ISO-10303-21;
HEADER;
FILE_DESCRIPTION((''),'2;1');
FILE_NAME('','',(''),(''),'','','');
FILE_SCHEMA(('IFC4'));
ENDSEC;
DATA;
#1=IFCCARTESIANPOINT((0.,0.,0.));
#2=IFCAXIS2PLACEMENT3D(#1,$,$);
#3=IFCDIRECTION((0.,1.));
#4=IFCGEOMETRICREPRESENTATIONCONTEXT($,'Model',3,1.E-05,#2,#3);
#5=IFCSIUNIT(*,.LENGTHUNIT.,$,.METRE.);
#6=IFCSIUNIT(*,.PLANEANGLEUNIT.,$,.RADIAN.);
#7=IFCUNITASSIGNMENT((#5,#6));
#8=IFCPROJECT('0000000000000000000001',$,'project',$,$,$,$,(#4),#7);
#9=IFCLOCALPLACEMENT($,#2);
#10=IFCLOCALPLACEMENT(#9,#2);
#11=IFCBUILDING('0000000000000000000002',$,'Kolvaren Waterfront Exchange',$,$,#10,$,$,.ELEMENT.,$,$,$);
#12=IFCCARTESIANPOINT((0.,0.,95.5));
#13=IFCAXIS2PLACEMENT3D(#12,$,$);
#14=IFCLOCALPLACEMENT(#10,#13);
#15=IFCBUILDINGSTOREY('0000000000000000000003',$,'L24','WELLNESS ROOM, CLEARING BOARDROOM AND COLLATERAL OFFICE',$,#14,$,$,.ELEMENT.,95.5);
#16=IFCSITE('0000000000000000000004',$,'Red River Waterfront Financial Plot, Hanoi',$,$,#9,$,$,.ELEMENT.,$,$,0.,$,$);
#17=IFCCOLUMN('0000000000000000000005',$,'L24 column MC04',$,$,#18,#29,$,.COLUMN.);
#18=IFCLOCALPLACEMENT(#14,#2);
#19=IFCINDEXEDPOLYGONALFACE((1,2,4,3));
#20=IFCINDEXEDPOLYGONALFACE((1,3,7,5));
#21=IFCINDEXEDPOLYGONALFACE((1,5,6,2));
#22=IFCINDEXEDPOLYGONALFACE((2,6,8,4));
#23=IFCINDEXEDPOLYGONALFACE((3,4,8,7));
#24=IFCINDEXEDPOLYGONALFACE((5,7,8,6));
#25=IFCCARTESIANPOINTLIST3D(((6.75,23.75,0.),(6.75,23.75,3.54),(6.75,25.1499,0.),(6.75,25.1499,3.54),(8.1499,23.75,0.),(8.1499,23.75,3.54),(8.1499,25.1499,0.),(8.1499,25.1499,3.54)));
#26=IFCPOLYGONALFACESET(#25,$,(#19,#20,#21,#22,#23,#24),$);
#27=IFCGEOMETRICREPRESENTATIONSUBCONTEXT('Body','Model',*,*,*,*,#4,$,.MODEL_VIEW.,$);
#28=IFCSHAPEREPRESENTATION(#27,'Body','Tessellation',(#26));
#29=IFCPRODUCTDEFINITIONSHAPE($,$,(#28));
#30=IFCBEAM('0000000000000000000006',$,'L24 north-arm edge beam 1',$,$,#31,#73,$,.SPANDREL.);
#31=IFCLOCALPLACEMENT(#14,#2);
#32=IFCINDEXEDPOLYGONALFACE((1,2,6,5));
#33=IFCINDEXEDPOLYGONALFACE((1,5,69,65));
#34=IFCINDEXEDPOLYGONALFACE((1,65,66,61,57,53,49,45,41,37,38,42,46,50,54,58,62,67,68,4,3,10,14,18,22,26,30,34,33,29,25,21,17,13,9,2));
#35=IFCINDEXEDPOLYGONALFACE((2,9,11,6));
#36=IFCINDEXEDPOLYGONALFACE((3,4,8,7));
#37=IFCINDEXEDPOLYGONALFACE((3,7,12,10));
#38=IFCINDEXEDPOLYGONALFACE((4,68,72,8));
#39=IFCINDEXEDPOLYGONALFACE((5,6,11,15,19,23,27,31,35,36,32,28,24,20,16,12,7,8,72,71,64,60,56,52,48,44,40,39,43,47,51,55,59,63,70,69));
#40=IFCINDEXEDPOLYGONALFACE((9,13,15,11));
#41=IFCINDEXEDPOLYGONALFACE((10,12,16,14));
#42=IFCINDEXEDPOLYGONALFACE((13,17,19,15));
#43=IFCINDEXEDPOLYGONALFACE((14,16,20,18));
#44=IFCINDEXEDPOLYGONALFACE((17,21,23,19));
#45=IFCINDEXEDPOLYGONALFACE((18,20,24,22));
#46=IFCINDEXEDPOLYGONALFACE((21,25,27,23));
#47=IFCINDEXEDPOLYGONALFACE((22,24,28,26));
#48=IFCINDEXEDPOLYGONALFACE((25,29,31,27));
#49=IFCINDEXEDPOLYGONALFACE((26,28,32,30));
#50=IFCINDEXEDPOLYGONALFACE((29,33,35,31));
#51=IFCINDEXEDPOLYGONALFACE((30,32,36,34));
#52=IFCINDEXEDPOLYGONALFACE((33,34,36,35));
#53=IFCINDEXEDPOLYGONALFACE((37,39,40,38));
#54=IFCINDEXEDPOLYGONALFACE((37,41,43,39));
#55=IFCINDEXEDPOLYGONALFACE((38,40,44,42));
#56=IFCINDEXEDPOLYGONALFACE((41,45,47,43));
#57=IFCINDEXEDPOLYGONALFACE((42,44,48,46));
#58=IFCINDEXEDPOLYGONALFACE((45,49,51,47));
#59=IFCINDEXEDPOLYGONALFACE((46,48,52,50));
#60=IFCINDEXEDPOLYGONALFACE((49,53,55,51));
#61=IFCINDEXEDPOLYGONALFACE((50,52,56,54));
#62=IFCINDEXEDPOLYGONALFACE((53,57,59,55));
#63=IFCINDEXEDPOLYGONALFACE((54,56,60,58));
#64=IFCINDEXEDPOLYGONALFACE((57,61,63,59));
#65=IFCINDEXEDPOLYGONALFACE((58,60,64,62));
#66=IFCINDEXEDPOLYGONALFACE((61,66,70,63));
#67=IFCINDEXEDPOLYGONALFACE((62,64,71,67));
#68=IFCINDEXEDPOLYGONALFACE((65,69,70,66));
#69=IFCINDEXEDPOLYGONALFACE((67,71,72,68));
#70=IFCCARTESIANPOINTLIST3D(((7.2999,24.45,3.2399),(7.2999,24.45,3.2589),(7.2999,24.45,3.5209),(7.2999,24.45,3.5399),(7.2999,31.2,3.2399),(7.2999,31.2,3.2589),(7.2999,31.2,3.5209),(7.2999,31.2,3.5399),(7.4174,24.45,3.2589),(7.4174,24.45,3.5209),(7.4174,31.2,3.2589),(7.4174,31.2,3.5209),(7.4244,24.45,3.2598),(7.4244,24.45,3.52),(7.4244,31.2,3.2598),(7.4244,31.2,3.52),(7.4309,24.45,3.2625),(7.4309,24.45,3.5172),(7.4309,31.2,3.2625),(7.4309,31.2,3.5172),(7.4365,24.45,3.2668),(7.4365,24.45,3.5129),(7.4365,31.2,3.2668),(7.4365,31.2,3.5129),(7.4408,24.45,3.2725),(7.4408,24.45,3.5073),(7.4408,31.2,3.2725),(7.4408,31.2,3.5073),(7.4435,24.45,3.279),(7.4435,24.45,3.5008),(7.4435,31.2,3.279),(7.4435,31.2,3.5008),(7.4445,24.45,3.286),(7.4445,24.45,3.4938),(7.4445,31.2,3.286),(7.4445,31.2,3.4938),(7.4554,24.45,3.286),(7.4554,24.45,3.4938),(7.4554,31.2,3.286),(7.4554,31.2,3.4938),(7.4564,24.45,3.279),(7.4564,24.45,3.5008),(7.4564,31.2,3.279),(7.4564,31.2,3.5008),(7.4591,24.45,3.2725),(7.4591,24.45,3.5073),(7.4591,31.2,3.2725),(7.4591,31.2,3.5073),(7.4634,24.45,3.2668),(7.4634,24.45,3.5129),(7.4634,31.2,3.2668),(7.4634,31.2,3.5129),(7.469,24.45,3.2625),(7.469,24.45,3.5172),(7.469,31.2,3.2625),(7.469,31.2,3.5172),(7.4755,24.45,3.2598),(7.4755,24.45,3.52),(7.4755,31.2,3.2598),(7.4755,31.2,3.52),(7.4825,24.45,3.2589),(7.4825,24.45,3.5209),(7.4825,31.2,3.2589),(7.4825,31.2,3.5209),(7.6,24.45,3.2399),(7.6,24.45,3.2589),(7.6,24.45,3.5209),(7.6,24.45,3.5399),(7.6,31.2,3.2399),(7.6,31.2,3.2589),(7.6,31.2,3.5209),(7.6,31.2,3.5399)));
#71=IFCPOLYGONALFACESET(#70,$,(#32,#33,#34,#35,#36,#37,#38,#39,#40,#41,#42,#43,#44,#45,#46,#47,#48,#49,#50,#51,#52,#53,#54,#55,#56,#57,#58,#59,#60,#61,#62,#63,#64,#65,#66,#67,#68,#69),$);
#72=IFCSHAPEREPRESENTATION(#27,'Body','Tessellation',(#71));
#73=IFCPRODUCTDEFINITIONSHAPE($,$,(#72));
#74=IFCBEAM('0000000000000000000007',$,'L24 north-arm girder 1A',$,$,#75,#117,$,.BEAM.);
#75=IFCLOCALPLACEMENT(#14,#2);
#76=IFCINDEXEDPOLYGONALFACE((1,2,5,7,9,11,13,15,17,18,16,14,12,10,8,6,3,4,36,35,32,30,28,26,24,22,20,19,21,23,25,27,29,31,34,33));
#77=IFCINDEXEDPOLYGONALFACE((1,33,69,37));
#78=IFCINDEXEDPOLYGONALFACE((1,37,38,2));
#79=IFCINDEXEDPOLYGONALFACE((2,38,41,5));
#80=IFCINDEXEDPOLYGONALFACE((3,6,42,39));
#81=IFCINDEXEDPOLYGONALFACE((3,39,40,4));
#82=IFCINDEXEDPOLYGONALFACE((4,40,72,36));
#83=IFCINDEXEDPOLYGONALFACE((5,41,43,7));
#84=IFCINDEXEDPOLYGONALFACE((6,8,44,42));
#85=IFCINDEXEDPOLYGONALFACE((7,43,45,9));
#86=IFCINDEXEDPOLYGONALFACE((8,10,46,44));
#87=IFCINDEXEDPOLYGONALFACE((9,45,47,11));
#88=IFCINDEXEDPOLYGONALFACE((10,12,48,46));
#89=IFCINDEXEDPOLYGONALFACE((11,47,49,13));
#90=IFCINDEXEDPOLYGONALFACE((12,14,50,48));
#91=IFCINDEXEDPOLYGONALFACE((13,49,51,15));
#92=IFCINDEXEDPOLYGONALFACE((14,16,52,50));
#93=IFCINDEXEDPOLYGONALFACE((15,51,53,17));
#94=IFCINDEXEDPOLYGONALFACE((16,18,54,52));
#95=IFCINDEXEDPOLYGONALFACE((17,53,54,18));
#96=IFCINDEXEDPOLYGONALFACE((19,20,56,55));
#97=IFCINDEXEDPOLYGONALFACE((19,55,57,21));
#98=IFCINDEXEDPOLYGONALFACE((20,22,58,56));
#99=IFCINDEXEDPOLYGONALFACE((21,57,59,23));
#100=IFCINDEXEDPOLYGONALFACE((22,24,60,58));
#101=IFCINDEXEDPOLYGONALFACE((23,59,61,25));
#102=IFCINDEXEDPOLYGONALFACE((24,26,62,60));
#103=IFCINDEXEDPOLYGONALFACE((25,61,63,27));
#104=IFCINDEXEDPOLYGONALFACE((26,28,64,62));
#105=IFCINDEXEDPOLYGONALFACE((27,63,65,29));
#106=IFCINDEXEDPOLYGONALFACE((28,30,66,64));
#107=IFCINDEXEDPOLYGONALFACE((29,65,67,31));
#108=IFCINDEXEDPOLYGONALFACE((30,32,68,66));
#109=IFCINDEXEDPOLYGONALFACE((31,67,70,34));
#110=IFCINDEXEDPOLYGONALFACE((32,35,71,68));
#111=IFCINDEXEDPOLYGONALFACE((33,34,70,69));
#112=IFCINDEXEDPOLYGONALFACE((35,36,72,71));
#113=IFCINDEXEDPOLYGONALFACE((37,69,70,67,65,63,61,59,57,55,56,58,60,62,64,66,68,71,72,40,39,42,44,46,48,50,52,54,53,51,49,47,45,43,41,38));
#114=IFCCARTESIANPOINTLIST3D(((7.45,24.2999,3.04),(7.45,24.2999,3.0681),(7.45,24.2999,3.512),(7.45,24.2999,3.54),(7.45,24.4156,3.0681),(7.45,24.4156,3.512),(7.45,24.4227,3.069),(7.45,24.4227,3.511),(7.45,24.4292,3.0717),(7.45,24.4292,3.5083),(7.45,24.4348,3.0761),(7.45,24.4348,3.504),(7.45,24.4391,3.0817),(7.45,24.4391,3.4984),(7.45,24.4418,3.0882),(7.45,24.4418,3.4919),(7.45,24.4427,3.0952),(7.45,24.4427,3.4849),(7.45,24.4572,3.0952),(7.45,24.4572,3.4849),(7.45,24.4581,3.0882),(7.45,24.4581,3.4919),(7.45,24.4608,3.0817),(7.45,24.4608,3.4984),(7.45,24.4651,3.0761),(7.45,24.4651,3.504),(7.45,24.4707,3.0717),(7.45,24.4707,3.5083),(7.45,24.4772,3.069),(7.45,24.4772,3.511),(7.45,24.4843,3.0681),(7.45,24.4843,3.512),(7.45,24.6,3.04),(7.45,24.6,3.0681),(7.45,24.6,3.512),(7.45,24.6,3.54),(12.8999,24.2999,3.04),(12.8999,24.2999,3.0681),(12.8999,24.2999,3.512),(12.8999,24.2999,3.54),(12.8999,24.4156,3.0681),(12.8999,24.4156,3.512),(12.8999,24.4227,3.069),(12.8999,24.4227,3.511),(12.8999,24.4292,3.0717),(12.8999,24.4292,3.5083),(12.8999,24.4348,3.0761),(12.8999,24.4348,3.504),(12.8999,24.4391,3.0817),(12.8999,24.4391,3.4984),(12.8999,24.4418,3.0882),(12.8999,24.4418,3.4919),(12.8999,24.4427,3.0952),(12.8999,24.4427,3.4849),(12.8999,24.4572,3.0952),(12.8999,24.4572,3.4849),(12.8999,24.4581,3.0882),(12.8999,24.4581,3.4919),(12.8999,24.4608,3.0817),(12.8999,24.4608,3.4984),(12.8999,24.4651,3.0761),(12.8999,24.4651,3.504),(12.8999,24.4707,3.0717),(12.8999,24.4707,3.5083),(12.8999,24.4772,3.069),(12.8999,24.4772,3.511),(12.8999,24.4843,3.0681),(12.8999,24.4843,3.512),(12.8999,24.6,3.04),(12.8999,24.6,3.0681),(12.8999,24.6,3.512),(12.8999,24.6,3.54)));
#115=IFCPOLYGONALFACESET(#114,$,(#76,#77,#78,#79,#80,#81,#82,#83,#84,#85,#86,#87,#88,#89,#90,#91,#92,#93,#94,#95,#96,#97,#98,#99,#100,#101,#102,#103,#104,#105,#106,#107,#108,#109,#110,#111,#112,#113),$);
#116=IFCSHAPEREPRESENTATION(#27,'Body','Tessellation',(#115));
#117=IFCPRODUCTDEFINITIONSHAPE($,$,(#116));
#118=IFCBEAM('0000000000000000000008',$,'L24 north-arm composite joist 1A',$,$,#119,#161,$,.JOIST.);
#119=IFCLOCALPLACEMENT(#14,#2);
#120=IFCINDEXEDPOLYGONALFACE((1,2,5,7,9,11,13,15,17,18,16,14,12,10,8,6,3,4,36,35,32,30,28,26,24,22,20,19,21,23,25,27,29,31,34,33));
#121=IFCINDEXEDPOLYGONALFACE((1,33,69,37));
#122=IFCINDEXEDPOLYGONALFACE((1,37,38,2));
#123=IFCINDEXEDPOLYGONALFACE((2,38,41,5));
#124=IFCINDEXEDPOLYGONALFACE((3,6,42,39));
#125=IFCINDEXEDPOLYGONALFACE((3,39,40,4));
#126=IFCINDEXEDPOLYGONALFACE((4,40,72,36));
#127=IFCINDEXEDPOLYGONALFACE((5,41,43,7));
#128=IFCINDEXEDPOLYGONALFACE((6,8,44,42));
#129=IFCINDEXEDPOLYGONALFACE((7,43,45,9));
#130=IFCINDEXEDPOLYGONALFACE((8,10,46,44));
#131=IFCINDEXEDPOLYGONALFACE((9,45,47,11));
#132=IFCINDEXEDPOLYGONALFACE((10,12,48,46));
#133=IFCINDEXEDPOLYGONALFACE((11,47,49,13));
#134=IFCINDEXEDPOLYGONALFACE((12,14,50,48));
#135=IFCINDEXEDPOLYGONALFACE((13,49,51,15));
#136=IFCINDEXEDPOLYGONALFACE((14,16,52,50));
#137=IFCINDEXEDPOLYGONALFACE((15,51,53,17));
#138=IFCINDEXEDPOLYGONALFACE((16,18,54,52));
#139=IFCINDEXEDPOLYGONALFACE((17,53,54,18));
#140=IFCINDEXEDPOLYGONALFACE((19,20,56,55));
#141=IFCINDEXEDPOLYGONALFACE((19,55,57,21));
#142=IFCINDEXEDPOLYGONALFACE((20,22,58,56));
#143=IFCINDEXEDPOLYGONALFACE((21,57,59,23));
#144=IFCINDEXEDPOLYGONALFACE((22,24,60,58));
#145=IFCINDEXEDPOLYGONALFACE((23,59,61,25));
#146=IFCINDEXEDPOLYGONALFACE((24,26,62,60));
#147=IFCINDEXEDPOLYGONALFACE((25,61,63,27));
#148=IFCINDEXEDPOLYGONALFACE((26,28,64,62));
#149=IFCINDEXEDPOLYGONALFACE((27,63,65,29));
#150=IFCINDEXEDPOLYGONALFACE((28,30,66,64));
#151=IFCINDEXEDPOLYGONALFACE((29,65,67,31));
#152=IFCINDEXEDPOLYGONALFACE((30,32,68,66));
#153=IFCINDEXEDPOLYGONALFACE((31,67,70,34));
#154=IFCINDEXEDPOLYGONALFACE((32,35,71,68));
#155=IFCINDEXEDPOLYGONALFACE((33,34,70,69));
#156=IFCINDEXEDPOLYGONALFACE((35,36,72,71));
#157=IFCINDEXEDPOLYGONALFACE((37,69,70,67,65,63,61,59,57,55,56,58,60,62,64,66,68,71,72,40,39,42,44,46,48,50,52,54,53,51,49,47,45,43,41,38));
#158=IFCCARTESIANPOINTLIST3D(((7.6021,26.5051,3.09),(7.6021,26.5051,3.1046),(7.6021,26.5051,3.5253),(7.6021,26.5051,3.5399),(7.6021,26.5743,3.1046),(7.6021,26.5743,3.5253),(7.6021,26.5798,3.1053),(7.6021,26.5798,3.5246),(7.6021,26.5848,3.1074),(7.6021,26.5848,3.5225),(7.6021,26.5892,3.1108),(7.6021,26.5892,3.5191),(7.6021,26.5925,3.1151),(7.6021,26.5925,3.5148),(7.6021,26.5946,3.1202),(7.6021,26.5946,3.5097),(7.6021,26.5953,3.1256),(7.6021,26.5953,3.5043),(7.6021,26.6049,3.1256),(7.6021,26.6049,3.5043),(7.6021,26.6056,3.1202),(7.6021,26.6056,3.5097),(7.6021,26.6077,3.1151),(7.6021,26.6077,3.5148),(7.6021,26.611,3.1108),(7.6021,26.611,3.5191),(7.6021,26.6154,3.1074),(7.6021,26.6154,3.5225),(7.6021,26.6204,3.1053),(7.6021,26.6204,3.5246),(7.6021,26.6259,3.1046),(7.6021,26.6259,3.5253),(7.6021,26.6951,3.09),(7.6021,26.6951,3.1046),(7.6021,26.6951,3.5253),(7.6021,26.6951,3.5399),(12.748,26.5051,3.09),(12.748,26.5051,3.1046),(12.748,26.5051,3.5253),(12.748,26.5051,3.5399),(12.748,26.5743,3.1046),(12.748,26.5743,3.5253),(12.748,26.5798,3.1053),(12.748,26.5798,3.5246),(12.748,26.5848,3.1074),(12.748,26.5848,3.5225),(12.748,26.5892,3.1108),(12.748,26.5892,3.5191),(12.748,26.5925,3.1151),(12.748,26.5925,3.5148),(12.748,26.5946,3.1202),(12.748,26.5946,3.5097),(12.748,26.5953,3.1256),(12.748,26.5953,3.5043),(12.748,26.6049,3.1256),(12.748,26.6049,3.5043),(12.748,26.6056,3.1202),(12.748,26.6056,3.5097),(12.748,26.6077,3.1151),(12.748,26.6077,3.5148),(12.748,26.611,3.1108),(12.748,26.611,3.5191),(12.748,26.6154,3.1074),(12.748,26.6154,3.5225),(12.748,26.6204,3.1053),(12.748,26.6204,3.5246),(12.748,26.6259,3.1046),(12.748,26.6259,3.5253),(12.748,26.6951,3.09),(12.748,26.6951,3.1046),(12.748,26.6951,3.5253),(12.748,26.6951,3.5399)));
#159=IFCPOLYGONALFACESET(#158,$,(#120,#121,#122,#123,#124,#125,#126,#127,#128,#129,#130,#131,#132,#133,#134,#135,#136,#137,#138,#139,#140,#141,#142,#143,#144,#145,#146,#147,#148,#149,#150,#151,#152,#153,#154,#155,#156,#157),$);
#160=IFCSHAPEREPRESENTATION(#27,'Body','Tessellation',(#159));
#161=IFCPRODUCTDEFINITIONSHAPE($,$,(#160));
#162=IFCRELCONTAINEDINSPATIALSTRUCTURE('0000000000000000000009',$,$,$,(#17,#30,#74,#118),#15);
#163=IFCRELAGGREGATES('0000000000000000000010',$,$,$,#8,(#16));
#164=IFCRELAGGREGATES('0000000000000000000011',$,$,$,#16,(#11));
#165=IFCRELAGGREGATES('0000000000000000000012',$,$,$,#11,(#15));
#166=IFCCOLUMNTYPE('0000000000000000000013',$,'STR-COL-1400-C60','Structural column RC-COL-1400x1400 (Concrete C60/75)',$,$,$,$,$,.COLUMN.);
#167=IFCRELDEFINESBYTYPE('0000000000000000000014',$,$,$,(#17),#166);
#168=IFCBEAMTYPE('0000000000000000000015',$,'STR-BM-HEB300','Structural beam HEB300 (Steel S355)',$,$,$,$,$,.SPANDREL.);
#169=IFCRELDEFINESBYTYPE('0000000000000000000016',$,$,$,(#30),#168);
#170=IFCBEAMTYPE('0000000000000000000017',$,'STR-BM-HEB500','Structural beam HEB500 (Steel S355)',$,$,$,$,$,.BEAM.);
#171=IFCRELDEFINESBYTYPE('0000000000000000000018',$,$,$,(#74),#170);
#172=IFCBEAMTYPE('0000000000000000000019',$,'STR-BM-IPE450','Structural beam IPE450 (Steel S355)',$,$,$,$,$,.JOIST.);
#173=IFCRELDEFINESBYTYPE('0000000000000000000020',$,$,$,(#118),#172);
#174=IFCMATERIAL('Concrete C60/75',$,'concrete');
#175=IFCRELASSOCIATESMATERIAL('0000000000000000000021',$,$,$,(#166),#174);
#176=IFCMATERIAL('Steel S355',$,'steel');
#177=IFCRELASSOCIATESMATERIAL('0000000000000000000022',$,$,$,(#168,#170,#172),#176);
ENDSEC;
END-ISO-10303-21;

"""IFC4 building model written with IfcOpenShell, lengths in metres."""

from ifc_helpers import new_model, si_unit, direction, frame, origin, origin_2d, place, context, subcontext, project, spatial, rectangle, i_section, extrude, material, material_profile, profile_set, type_object, element, save


model = new_model("IFC4")

# Units and contexts
model_context = context("Model", 3, precision=1e-05, world=origin(), true_north=direction((0.0, 1.0)))
body_context = subcontext(model_context, "Body", "Model", "MODEL_VIEW")
ifc_project = project(units=[si_unit("LENGTHUNIT", "METRE"), si_unit("PLANEANGLEUNIT", "RADIAN")], contexts=[model_context])

# Site, building, storey
site_placement = place(None, origin())
site = spatial("IfcSite", under=ifc_project, at=site_placement, Name="Red River Waterfront Financial Plot, Hanoi", CompositionType="ELEMENT", RefElevation=0.0)
building_placement = place(site_placement, origin())
building = spatial("IfcBuilding", under=site, at=building_placement, Name="Kolvaren Waterfront Exchange", CompositionType="ELEMENT")
storey_placement = place(building_placement, frame((0.0, 0.0, 95.5)))
storey = spatial("IfcBuildingStorey", under=building, at=storey_placement, Name="L24", Description="WELLNESS ROOM, CLEARING BOARDROOM AND COLLATERAL OFFICE", CompositionType="ELEMENT", Elevation=95.5)

# Column
ifc_material_1 = material(Name="Concrete C60/75", Category="concrete")
ifc_material_profile_1 = material_profile(ifc_material_1, rectangle(XDim=1.3999, YDim=1.3999, at=origin_2d()), Name="RC-COL-1400x1400")
ifc_profile_set_1 = profile_set([ifc_material_profile_1], Name="Concrete C60/75")
column_type = type_object("IfcColumnType", Name="STR-COL-1400-C60", Description="Structural column RC-COL-1400x1400 (Concrete C60/75)", PredefinedType="COLUMN", material=ifc_profile_set_1)
column_placement = place(storey_placement, frame((7.45, 24.45, 0.0), z_axis=(0.0, 0.0, 1.0), x_axis=(1.0, 0.0, 0.0)))
element("IfcColumn", 1, at=column_placement, inside=storey, type_object=column_type, Name="L24 column MC04", PredefinedType="COLUMN", context=body_context, shape_type="SweptSolid", body=[
    extrude(rectangle(XDim=1.3999, YDim=1.3999, at=origin_2d()), origin(), (0.0, 0.0, 1.0), 3.54),
])

# Beams
ifc_material_2 = material(Name="Steel S355", Category="steel")
ifc_material_profile_2 = material_profile(ifc_material_2, i_section(OverallWidth=0.3, OverallDepth=0.3, WebThickness=0.011, FlangeThickness=0.019, FilletRadius=0.0271, at=origin_2d()), Name="HEB300")
ifc_profile_set_2 = profile_set([ifc_material_profile_2], Name="Steel S355")
beam_type_1 = type_object("IfcBeamType", Name="STR-BM-HEB300", Description="Structural beam HEB300 (Steel S355)", PredefinedType="SPANDREL", material=ifc_profile_set_2)
beam_1_placement = place(storey_placement, frame((7.45, 24.45, 3.3899), z_axis=(0.0, 1.0, 0.0), x_axis=(-1.0, 0.0, 0.0)))
element("IfcBeam", 2, at=beam_1_placement, inside=storey, type_object=beam_type_1, Name="L24 north-arm edge beam 1", PredefinedType="SPANDREL", context=body_context, shape_type="SweptSolid", body=[
    extrude(i_section(OverallWidth=0.3, OverallDepth=0.3, WebThickness=0.011, FlangeThickness=0.019, FilletRadius=0.0271, at=origin_2d()), origin(), (0.0, 0.0, 1.0), 6.75),
])
ifc_material_profile_3 = material_profile(ifc_material_2, i_section(OverallWidth=0.3, OverallDepth=0.5, WebThickness=0.0144, FlangeThickness=0.0281, FilletRadius=0.0271, at=origin_2d()), Name="HEB500")
ifc_profile_set_3 = profile_set([ifc_material_profile_3], Name="Steel S355")
beam_type_2 = type_object("IfcBeamType", Name="STR-BM-HEB500", Description="Structural beam HEB500 (Steel S355)", PredefinedType="BEAM", material=ifc_profile_set_3)
beam_2_placement = place(storey_placement, frame((7.45, 24.45, 3.29), z_axis=(1.0, 0.0, 0.0), x_axis=(0.0, 1.0, 0.0)))
element("IfcBeam", 3, at=beam_2_placement, inside=storey, type_object=beam_type_2, Name="L24 north-arm girder 1A", PredefinedType="BEAM", context=body_context, shape_type="SweptSolid", body=[
    extrude(i_section(OverallWidth=0.3, OverallDepth=0.5, WebThickness=0.0144, FlangeThickness=0.0281, FilletRadius=0.0271, at=origin_2d()), origin(), (0.0, 0.0, 1.0), 5.45),
])
ifc_material_profile_4 = material_profile(ifc_material_2, i_section(OverallWidth=0.1899, OverallDepth=0.45, WebThickness=0.0095, FlangeThickness=0.0146, FilletRadius=0.021, at=origin_2d()), Name="IPE450")
ifc_profile_set_4 = profile_set([ifc_material_profile_4], Name="Steel S355")
beam_type_3 = type_object("IfcBeamType", Name="STR-BM-IPE450", Description="Structural beam IPE450 (Steel S355)", PredefinedType="JOIST", material=ifc_profile_set_4)
for number, where, z_axis, x_axis, name in (
    (4, (7.6021, 26.6001, 3.3149), (1.0, 0.0, 0.0), (0.0, 1.0, 0.0), "L24 north-arm composite joist 1A"),
):
    element("IfcBeam", number, at=place(storey_placement, frame(where, z_axis=z_axis, x_axis=x_axis)), inside=storey, type_object=beam_type_3, Name=name, PredefinedType="JOIST", context=body_context, shape_type="SweptSolid", body=[
        extrude(i_section(OverallWidth=0.1899, OverallDepth=0.45, WebThickness=0.0095, FlangeThickness=0.0146, FilletRadius=0.021, at=origin_2d()), origin(), (0.0, 0.0, 1.0), 5.146),
    ])

save(model, "model.ifc")
